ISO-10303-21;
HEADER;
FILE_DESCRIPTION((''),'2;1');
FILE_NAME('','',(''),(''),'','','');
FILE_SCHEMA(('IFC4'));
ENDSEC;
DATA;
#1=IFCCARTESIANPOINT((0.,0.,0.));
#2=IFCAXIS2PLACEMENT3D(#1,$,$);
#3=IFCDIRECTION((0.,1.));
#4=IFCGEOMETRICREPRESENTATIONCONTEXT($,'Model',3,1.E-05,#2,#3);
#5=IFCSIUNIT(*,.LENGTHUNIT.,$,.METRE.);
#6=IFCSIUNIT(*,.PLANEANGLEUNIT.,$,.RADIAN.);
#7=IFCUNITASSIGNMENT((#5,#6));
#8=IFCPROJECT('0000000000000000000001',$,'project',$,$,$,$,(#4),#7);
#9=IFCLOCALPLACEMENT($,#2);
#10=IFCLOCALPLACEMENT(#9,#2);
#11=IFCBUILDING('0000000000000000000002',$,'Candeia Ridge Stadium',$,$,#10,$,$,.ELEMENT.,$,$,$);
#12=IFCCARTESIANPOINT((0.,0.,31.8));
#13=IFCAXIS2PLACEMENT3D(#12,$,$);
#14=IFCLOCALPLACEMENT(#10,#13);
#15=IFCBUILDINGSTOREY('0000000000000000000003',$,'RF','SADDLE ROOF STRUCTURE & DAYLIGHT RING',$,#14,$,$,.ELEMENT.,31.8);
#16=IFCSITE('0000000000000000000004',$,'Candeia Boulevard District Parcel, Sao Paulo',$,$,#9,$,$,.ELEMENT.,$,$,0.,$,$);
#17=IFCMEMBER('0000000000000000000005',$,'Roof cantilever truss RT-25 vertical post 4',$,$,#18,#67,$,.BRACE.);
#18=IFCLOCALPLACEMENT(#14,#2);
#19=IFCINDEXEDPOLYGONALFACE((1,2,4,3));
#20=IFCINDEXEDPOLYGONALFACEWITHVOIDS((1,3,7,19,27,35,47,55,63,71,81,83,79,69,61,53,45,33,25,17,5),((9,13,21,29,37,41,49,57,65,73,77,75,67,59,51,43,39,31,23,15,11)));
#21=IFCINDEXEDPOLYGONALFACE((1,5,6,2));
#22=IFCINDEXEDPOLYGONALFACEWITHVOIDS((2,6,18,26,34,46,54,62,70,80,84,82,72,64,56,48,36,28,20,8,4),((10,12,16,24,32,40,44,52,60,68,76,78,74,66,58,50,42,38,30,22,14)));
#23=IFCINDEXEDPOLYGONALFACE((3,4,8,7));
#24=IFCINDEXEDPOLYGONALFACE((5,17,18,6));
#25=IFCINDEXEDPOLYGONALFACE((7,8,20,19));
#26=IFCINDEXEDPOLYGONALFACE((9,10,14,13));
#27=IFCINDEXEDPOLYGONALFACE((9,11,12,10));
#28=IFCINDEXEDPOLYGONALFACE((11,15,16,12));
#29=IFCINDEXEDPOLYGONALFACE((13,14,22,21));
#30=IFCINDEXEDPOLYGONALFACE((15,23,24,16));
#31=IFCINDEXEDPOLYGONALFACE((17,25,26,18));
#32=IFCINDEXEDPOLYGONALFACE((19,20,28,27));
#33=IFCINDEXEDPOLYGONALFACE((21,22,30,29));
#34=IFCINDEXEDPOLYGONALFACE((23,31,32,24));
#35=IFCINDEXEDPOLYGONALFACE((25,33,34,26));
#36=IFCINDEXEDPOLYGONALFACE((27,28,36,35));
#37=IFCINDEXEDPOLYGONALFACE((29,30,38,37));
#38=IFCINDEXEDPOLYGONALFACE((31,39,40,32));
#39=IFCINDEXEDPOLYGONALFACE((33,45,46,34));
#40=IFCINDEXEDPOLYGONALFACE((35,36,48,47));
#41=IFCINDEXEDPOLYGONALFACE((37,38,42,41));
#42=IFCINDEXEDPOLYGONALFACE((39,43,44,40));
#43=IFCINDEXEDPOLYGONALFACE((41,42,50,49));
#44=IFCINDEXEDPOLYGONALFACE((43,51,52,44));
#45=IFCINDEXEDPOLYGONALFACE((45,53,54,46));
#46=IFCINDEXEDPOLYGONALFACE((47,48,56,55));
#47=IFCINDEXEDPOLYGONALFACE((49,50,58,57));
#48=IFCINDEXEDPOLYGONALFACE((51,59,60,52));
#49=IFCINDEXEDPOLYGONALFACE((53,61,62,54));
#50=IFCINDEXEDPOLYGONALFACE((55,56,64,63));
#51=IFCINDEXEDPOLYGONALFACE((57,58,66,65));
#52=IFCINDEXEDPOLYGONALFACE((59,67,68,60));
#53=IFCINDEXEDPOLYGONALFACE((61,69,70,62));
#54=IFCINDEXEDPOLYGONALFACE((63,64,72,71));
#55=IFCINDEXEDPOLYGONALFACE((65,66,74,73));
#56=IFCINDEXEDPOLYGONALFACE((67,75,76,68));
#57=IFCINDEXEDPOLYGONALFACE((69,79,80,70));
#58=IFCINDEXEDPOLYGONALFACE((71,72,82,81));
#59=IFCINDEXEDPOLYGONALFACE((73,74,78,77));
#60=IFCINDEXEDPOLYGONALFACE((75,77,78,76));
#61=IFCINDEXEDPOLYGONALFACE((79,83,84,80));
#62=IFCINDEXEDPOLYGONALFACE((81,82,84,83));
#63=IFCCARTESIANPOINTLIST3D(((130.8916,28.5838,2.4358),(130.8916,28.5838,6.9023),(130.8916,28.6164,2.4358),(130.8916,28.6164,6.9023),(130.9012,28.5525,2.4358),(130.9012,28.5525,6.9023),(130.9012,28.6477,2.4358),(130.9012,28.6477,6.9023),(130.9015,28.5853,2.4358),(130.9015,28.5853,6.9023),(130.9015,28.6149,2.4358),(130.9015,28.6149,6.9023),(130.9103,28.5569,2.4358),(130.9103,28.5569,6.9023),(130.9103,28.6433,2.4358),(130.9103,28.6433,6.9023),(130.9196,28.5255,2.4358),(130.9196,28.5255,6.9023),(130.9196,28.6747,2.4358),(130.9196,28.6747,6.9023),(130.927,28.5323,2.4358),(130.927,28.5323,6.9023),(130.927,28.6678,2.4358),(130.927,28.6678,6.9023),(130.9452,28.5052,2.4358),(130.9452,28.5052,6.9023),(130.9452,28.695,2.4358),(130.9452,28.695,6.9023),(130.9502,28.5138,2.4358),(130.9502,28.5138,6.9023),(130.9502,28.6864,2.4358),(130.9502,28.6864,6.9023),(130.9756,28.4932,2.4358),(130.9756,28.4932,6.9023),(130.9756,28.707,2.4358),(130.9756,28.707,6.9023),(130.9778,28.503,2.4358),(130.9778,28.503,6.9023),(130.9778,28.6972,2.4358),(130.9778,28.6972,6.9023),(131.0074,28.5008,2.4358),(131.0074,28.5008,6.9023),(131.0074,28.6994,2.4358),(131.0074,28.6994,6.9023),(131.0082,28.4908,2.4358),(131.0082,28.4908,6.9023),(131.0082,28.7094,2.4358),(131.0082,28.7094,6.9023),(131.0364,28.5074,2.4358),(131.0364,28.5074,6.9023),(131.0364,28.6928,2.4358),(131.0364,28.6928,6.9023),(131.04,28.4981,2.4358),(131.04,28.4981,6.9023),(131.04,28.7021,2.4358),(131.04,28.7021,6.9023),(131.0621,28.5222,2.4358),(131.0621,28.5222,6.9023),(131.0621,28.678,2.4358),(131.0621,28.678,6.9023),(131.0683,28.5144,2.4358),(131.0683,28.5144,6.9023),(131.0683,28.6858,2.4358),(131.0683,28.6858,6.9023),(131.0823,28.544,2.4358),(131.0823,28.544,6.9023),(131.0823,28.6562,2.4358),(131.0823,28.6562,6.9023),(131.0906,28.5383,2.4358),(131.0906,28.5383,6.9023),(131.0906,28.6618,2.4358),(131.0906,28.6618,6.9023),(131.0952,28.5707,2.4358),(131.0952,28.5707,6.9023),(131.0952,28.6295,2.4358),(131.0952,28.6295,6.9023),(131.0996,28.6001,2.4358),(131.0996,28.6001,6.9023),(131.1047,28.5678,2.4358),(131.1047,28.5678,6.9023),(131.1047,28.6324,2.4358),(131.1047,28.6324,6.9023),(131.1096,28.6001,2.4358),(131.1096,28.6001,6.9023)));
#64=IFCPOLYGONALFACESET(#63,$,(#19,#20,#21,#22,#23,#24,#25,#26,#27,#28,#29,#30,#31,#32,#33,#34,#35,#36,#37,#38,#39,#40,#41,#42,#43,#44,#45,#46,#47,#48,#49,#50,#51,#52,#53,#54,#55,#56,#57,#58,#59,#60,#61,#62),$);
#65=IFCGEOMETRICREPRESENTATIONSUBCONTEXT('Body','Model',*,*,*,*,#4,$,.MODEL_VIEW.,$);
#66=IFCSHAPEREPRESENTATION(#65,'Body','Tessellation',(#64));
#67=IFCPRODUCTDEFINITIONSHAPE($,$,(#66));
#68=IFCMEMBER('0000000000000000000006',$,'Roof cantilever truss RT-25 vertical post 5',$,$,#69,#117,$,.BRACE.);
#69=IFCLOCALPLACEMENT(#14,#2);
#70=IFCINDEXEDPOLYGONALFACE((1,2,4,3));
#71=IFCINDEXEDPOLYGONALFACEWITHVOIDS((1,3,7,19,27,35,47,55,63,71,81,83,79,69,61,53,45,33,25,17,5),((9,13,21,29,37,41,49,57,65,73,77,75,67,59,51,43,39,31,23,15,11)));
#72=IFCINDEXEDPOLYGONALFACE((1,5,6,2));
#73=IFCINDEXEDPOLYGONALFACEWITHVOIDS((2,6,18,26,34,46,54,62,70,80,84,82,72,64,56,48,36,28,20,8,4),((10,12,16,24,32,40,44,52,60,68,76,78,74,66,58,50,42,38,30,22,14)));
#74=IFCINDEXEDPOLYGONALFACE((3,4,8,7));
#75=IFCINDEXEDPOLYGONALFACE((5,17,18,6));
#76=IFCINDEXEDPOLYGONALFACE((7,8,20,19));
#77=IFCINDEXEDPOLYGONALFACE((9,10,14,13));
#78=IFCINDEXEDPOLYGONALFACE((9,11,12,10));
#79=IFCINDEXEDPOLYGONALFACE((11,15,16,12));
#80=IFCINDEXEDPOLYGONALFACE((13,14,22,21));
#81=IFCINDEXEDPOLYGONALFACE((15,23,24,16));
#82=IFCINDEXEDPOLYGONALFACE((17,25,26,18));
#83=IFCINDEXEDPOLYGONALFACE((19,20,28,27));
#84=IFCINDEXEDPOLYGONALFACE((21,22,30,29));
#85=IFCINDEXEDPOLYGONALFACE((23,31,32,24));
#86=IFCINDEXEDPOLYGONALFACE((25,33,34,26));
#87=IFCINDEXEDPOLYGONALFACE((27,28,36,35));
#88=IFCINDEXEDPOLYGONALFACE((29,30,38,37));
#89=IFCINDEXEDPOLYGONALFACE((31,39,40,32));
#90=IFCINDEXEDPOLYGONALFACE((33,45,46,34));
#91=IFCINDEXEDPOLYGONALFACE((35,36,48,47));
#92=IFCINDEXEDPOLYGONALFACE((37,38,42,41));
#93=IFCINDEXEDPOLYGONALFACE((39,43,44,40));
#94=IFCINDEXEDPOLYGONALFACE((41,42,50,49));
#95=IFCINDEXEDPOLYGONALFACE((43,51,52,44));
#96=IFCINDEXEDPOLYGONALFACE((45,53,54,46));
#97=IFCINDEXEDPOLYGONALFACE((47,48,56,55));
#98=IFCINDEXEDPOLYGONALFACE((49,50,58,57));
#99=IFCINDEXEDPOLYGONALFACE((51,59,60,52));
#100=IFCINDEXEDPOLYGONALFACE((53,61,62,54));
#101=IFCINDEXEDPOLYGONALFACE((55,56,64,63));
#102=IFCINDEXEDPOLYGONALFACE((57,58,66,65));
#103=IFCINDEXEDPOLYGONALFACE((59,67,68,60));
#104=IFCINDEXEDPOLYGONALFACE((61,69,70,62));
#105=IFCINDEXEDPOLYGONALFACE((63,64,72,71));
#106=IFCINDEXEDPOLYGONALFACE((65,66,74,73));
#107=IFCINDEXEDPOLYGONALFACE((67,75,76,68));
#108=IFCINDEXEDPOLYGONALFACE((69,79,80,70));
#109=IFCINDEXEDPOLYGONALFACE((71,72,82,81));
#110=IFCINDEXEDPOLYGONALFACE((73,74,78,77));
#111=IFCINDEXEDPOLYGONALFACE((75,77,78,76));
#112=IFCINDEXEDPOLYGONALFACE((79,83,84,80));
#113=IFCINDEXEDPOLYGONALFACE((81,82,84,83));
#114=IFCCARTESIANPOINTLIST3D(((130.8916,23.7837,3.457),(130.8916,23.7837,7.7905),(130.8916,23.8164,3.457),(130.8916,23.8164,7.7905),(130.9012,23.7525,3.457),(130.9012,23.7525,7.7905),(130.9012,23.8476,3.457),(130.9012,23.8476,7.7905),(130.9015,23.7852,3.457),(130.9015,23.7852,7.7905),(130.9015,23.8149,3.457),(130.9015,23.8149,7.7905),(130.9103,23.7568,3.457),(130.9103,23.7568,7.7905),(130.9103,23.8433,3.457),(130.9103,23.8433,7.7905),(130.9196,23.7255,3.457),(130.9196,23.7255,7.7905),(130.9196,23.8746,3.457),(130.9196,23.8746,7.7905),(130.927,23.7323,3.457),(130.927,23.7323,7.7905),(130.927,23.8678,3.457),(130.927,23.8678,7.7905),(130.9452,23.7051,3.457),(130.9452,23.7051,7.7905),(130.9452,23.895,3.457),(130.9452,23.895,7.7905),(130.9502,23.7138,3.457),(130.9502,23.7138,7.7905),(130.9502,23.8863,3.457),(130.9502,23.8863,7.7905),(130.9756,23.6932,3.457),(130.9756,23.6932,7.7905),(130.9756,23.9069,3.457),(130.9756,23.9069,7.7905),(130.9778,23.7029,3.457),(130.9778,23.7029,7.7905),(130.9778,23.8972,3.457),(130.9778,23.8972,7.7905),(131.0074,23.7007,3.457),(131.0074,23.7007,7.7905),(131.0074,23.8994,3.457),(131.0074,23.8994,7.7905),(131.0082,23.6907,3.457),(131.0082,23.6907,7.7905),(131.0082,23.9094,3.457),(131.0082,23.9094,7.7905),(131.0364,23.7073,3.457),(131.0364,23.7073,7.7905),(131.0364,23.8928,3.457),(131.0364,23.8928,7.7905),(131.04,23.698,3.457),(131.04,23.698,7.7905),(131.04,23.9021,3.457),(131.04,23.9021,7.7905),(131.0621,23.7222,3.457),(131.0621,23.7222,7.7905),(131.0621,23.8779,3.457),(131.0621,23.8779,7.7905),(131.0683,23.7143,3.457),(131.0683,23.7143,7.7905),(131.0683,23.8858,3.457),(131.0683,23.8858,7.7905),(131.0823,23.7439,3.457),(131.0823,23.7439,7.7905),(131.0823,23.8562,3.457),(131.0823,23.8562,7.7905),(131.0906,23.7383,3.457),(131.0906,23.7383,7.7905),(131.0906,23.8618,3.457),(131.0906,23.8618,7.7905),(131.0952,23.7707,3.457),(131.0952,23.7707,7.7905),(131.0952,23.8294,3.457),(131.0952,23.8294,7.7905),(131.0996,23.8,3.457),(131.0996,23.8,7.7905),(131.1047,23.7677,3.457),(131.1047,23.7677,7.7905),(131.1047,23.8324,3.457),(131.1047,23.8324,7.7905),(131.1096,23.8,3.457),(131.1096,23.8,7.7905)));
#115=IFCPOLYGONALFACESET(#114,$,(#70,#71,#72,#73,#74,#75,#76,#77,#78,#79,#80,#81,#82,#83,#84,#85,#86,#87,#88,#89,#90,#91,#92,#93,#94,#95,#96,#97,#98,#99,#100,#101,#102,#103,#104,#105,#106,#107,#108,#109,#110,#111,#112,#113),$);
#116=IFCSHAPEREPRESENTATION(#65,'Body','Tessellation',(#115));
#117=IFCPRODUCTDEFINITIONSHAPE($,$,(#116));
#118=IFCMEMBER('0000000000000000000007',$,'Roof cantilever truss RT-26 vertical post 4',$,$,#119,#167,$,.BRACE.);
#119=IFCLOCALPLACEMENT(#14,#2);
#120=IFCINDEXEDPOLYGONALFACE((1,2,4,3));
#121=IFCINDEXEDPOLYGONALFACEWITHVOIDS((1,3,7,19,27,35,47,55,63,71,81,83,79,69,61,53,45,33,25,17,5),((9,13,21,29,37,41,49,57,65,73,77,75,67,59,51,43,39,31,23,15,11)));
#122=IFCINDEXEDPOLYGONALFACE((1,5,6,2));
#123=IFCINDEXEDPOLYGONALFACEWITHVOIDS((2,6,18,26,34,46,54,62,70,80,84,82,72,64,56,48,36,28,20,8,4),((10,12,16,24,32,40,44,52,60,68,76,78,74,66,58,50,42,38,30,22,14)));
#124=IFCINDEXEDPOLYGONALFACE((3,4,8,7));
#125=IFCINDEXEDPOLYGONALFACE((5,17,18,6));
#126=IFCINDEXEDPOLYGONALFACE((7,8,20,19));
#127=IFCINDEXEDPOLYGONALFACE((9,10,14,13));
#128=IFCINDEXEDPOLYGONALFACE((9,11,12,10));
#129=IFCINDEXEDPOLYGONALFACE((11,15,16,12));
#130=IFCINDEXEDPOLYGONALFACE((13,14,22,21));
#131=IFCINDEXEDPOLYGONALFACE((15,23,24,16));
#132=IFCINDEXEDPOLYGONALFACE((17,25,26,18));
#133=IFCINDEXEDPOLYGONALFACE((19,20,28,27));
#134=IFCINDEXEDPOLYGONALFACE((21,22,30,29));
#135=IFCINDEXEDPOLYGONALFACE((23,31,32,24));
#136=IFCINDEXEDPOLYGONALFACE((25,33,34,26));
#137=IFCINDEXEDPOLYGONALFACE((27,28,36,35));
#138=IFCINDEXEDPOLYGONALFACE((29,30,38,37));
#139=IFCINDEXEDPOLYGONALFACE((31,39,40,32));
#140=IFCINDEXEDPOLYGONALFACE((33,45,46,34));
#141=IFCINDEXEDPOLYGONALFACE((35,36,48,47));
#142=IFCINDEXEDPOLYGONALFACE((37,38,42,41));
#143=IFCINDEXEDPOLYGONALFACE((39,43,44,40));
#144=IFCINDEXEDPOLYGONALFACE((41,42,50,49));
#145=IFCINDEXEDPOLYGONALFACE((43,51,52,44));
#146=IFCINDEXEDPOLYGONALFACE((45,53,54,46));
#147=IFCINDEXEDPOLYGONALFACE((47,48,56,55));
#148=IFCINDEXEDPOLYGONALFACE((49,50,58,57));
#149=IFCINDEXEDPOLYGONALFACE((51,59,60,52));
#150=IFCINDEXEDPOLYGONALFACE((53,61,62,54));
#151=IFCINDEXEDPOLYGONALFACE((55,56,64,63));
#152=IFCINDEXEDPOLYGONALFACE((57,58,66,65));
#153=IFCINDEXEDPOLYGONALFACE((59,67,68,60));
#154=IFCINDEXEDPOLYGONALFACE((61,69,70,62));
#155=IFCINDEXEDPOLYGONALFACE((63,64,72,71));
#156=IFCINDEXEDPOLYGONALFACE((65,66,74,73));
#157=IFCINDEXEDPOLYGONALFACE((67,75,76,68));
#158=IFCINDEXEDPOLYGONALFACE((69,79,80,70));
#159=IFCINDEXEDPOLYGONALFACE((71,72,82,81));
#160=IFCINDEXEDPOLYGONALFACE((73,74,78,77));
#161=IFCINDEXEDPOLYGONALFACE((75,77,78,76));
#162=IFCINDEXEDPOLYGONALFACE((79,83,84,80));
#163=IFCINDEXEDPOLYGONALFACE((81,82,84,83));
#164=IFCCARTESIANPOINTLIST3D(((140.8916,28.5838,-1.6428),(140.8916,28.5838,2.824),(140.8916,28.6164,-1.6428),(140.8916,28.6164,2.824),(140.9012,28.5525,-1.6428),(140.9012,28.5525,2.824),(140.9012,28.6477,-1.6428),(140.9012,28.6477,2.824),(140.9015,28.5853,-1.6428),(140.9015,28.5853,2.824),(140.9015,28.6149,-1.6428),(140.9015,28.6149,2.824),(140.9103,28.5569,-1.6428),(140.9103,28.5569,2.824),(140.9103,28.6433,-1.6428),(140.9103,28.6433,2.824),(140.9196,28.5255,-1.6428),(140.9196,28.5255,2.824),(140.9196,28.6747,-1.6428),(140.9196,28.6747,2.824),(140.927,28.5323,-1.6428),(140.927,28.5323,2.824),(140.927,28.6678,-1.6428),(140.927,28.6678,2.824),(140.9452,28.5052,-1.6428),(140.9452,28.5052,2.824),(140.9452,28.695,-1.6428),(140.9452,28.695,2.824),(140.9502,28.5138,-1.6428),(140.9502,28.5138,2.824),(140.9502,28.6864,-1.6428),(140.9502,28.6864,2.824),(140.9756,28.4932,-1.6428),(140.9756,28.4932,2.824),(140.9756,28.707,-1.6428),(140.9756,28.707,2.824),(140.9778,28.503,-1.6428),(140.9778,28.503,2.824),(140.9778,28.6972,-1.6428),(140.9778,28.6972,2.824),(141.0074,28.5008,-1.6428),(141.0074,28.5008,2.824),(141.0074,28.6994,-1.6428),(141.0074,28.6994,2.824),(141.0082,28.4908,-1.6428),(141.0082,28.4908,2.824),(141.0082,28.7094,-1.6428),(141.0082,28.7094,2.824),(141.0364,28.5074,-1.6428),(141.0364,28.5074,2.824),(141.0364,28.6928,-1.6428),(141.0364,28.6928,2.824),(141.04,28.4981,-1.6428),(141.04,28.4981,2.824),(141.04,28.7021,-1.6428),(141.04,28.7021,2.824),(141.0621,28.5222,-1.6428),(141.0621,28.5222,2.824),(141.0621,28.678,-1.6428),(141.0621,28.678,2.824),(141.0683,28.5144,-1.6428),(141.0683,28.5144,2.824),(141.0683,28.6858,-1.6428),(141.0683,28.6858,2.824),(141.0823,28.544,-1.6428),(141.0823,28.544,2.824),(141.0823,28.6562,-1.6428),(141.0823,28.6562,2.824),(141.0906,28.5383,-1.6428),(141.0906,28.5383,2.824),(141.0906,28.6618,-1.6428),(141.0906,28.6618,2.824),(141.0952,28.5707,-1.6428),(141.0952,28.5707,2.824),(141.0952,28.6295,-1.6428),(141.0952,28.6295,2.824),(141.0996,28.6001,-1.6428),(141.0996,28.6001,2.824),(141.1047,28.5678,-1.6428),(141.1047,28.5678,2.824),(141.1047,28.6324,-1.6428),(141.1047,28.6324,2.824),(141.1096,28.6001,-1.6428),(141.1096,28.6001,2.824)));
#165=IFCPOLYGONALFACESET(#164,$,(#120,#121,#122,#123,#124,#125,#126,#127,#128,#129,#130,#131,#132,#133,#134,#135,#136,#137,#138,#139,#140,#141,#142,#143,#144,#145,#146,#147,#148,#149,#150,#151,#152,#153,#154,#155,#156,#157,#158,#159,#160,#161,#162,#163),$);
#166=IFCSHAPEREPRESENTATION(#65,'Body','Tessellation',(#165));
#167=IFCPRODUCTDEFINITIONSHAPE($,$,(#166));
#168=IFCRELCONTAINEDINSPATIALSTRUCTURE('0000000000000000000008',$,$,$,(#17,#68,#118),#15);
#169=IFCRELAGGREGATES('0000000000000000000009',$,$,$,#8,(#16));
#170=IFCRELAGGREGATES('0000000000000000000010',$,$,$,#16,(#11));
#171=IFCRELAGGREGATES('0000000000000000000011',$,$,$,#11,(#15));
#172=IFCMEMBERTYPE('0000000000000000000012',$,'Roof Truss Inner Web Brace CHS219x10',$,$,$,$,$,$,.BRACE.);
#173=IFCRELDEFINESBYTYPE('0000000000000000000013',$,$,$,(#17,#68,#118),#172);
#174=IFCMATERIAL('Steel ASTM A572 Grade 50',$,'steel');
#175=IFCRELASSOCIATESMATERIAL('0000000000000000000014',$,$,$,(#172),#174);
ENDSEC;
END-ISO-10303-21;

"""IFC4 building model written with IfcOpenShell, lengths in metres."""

from ifc_helpers import new_model, si_unit, direction, frame, origin, origin_2d, place, context, subcontext, project, spatial, hollow_circle, extrude, material, material_profile, profile_set, type_object, element, save


model = new_model("IFC4")

# Units and contexts
model_context = context("Model", 3, precision=1e-05, world=origin(), true_north=direction((0.0, 1.0)))
body_context = subcontext(model_context, "Body", "Model", "MODEL_VIEW")
ifc_project = project(units=[si_unit("LENGTHUNIT", "METRE"), si_unit("PLANEANGLEUNIT", "RADIAN")], contexts=[model_context])

# Site, building, storey
site_placement = place(None, origin())
site = spatial("IfcSite", under=ifc_project, at=site_placement, Name="Candeia Boulevard District Parcel, Sao Paulo", CompositionType="ELEMENT", RefElevation=0.0)
building_placement = place(site_placement, origin())
building = spatial("IfcBuilding", under=site, at=building_placement, Name="Candeia Ridge Stadium", CompositionType="ELEMENT")
storey_placement = place(building_placement, frame((0.0, 0.0, 31.8)))
storey = spatial("IfcBuildingStorey", under=building, at=storey_placement, Name="RF", Description="SADDLE ROOF STRUCTURE & DAYLIGHT RING", CompositionType="ELEMENT", Elevation=31.8)

# Shared definitions
ifc_material_1 = material(Name="Steel ASTM A572 Grade 50", Category="steel")

# Members
ifc_material_profile_1 = material_profile(ifc_material_1, hollow_circle(Radius=0.1096, WallThickness=0.01, at=origin_2d()), Name="CHS219x10", Category="steel")
ifc_profile_set_1 = profile_set([ifc_material_profile_1], Name="Steel ASTM A572 Grade 50")
member_type_1 = type_object("IfcMemberType", Name="Roof Truss Inner Web Brace CHS219x10", PredefinedType="BRACE", material=ifc_profile_set_1)
member_1_placement = place(storey_placement, frame((131.0, 28.6001, 2.4358), z_axis=(0.0, 0.0, 1.0), x_axis=(1.0, 0.0, 0.0)))
element("IfcMember", 1, at=member_1_placement, inside=storey, type_object=member_type_1, Name="Roof cantilever truss RT-25 vertical post 4", PredefinedType="BRACE", context=body_context, shape_type="SweptSolid", body=[
    extrude(hollow_circle(Radius=0.1096, WallThickness=0.01, at=origin_2d()), origin(), (0.0, 0.0, 1.0), 4.4666),
])
member_2_placement = place(storey_placement, frame((131.0, 23.8, 3.457), z_axis=(0.0, 0.0, 1.0), x_axis=(1.0, 0.0, 0.0)))
element("IfcMember", 2, at=member_2_placement, inside=storey, type_object=member_type_1, Name="Roof cantilever truss RT-25 vertical post 5", PredefinedType="BRACE", context=body_context, shape_type="SweptSolid", body=[
    extrude(hollow_circle(Radius=0.1096, WallThickness=0.01, at=origin_2d()), origin(), (0.0, 0.0, 1.0), 4.3335),
])
member_3_placement = place(storey_placement, frame((141.0, 28.6001, -1.6428), z_axis=(0.0, 0.0, 1.0), x_axis=(1.0, 0.0, 0.0)))
element("IfcMember", 3, at=member_3_placement, inside=storey, type_object=member_type_1, Name="Roof cantilever truss RT-26 vertical post 4", PredefinedType="BRACE", context=body_context, shape_type="SweptSolid", body=[
    extrude(hollow_circle(Radius=0.1096, WallThickness=0.01, at=origin_2d()), origin(), (0.0, 0.0, 1.0), 4.4668),
])

save(model, "model.ifc")
